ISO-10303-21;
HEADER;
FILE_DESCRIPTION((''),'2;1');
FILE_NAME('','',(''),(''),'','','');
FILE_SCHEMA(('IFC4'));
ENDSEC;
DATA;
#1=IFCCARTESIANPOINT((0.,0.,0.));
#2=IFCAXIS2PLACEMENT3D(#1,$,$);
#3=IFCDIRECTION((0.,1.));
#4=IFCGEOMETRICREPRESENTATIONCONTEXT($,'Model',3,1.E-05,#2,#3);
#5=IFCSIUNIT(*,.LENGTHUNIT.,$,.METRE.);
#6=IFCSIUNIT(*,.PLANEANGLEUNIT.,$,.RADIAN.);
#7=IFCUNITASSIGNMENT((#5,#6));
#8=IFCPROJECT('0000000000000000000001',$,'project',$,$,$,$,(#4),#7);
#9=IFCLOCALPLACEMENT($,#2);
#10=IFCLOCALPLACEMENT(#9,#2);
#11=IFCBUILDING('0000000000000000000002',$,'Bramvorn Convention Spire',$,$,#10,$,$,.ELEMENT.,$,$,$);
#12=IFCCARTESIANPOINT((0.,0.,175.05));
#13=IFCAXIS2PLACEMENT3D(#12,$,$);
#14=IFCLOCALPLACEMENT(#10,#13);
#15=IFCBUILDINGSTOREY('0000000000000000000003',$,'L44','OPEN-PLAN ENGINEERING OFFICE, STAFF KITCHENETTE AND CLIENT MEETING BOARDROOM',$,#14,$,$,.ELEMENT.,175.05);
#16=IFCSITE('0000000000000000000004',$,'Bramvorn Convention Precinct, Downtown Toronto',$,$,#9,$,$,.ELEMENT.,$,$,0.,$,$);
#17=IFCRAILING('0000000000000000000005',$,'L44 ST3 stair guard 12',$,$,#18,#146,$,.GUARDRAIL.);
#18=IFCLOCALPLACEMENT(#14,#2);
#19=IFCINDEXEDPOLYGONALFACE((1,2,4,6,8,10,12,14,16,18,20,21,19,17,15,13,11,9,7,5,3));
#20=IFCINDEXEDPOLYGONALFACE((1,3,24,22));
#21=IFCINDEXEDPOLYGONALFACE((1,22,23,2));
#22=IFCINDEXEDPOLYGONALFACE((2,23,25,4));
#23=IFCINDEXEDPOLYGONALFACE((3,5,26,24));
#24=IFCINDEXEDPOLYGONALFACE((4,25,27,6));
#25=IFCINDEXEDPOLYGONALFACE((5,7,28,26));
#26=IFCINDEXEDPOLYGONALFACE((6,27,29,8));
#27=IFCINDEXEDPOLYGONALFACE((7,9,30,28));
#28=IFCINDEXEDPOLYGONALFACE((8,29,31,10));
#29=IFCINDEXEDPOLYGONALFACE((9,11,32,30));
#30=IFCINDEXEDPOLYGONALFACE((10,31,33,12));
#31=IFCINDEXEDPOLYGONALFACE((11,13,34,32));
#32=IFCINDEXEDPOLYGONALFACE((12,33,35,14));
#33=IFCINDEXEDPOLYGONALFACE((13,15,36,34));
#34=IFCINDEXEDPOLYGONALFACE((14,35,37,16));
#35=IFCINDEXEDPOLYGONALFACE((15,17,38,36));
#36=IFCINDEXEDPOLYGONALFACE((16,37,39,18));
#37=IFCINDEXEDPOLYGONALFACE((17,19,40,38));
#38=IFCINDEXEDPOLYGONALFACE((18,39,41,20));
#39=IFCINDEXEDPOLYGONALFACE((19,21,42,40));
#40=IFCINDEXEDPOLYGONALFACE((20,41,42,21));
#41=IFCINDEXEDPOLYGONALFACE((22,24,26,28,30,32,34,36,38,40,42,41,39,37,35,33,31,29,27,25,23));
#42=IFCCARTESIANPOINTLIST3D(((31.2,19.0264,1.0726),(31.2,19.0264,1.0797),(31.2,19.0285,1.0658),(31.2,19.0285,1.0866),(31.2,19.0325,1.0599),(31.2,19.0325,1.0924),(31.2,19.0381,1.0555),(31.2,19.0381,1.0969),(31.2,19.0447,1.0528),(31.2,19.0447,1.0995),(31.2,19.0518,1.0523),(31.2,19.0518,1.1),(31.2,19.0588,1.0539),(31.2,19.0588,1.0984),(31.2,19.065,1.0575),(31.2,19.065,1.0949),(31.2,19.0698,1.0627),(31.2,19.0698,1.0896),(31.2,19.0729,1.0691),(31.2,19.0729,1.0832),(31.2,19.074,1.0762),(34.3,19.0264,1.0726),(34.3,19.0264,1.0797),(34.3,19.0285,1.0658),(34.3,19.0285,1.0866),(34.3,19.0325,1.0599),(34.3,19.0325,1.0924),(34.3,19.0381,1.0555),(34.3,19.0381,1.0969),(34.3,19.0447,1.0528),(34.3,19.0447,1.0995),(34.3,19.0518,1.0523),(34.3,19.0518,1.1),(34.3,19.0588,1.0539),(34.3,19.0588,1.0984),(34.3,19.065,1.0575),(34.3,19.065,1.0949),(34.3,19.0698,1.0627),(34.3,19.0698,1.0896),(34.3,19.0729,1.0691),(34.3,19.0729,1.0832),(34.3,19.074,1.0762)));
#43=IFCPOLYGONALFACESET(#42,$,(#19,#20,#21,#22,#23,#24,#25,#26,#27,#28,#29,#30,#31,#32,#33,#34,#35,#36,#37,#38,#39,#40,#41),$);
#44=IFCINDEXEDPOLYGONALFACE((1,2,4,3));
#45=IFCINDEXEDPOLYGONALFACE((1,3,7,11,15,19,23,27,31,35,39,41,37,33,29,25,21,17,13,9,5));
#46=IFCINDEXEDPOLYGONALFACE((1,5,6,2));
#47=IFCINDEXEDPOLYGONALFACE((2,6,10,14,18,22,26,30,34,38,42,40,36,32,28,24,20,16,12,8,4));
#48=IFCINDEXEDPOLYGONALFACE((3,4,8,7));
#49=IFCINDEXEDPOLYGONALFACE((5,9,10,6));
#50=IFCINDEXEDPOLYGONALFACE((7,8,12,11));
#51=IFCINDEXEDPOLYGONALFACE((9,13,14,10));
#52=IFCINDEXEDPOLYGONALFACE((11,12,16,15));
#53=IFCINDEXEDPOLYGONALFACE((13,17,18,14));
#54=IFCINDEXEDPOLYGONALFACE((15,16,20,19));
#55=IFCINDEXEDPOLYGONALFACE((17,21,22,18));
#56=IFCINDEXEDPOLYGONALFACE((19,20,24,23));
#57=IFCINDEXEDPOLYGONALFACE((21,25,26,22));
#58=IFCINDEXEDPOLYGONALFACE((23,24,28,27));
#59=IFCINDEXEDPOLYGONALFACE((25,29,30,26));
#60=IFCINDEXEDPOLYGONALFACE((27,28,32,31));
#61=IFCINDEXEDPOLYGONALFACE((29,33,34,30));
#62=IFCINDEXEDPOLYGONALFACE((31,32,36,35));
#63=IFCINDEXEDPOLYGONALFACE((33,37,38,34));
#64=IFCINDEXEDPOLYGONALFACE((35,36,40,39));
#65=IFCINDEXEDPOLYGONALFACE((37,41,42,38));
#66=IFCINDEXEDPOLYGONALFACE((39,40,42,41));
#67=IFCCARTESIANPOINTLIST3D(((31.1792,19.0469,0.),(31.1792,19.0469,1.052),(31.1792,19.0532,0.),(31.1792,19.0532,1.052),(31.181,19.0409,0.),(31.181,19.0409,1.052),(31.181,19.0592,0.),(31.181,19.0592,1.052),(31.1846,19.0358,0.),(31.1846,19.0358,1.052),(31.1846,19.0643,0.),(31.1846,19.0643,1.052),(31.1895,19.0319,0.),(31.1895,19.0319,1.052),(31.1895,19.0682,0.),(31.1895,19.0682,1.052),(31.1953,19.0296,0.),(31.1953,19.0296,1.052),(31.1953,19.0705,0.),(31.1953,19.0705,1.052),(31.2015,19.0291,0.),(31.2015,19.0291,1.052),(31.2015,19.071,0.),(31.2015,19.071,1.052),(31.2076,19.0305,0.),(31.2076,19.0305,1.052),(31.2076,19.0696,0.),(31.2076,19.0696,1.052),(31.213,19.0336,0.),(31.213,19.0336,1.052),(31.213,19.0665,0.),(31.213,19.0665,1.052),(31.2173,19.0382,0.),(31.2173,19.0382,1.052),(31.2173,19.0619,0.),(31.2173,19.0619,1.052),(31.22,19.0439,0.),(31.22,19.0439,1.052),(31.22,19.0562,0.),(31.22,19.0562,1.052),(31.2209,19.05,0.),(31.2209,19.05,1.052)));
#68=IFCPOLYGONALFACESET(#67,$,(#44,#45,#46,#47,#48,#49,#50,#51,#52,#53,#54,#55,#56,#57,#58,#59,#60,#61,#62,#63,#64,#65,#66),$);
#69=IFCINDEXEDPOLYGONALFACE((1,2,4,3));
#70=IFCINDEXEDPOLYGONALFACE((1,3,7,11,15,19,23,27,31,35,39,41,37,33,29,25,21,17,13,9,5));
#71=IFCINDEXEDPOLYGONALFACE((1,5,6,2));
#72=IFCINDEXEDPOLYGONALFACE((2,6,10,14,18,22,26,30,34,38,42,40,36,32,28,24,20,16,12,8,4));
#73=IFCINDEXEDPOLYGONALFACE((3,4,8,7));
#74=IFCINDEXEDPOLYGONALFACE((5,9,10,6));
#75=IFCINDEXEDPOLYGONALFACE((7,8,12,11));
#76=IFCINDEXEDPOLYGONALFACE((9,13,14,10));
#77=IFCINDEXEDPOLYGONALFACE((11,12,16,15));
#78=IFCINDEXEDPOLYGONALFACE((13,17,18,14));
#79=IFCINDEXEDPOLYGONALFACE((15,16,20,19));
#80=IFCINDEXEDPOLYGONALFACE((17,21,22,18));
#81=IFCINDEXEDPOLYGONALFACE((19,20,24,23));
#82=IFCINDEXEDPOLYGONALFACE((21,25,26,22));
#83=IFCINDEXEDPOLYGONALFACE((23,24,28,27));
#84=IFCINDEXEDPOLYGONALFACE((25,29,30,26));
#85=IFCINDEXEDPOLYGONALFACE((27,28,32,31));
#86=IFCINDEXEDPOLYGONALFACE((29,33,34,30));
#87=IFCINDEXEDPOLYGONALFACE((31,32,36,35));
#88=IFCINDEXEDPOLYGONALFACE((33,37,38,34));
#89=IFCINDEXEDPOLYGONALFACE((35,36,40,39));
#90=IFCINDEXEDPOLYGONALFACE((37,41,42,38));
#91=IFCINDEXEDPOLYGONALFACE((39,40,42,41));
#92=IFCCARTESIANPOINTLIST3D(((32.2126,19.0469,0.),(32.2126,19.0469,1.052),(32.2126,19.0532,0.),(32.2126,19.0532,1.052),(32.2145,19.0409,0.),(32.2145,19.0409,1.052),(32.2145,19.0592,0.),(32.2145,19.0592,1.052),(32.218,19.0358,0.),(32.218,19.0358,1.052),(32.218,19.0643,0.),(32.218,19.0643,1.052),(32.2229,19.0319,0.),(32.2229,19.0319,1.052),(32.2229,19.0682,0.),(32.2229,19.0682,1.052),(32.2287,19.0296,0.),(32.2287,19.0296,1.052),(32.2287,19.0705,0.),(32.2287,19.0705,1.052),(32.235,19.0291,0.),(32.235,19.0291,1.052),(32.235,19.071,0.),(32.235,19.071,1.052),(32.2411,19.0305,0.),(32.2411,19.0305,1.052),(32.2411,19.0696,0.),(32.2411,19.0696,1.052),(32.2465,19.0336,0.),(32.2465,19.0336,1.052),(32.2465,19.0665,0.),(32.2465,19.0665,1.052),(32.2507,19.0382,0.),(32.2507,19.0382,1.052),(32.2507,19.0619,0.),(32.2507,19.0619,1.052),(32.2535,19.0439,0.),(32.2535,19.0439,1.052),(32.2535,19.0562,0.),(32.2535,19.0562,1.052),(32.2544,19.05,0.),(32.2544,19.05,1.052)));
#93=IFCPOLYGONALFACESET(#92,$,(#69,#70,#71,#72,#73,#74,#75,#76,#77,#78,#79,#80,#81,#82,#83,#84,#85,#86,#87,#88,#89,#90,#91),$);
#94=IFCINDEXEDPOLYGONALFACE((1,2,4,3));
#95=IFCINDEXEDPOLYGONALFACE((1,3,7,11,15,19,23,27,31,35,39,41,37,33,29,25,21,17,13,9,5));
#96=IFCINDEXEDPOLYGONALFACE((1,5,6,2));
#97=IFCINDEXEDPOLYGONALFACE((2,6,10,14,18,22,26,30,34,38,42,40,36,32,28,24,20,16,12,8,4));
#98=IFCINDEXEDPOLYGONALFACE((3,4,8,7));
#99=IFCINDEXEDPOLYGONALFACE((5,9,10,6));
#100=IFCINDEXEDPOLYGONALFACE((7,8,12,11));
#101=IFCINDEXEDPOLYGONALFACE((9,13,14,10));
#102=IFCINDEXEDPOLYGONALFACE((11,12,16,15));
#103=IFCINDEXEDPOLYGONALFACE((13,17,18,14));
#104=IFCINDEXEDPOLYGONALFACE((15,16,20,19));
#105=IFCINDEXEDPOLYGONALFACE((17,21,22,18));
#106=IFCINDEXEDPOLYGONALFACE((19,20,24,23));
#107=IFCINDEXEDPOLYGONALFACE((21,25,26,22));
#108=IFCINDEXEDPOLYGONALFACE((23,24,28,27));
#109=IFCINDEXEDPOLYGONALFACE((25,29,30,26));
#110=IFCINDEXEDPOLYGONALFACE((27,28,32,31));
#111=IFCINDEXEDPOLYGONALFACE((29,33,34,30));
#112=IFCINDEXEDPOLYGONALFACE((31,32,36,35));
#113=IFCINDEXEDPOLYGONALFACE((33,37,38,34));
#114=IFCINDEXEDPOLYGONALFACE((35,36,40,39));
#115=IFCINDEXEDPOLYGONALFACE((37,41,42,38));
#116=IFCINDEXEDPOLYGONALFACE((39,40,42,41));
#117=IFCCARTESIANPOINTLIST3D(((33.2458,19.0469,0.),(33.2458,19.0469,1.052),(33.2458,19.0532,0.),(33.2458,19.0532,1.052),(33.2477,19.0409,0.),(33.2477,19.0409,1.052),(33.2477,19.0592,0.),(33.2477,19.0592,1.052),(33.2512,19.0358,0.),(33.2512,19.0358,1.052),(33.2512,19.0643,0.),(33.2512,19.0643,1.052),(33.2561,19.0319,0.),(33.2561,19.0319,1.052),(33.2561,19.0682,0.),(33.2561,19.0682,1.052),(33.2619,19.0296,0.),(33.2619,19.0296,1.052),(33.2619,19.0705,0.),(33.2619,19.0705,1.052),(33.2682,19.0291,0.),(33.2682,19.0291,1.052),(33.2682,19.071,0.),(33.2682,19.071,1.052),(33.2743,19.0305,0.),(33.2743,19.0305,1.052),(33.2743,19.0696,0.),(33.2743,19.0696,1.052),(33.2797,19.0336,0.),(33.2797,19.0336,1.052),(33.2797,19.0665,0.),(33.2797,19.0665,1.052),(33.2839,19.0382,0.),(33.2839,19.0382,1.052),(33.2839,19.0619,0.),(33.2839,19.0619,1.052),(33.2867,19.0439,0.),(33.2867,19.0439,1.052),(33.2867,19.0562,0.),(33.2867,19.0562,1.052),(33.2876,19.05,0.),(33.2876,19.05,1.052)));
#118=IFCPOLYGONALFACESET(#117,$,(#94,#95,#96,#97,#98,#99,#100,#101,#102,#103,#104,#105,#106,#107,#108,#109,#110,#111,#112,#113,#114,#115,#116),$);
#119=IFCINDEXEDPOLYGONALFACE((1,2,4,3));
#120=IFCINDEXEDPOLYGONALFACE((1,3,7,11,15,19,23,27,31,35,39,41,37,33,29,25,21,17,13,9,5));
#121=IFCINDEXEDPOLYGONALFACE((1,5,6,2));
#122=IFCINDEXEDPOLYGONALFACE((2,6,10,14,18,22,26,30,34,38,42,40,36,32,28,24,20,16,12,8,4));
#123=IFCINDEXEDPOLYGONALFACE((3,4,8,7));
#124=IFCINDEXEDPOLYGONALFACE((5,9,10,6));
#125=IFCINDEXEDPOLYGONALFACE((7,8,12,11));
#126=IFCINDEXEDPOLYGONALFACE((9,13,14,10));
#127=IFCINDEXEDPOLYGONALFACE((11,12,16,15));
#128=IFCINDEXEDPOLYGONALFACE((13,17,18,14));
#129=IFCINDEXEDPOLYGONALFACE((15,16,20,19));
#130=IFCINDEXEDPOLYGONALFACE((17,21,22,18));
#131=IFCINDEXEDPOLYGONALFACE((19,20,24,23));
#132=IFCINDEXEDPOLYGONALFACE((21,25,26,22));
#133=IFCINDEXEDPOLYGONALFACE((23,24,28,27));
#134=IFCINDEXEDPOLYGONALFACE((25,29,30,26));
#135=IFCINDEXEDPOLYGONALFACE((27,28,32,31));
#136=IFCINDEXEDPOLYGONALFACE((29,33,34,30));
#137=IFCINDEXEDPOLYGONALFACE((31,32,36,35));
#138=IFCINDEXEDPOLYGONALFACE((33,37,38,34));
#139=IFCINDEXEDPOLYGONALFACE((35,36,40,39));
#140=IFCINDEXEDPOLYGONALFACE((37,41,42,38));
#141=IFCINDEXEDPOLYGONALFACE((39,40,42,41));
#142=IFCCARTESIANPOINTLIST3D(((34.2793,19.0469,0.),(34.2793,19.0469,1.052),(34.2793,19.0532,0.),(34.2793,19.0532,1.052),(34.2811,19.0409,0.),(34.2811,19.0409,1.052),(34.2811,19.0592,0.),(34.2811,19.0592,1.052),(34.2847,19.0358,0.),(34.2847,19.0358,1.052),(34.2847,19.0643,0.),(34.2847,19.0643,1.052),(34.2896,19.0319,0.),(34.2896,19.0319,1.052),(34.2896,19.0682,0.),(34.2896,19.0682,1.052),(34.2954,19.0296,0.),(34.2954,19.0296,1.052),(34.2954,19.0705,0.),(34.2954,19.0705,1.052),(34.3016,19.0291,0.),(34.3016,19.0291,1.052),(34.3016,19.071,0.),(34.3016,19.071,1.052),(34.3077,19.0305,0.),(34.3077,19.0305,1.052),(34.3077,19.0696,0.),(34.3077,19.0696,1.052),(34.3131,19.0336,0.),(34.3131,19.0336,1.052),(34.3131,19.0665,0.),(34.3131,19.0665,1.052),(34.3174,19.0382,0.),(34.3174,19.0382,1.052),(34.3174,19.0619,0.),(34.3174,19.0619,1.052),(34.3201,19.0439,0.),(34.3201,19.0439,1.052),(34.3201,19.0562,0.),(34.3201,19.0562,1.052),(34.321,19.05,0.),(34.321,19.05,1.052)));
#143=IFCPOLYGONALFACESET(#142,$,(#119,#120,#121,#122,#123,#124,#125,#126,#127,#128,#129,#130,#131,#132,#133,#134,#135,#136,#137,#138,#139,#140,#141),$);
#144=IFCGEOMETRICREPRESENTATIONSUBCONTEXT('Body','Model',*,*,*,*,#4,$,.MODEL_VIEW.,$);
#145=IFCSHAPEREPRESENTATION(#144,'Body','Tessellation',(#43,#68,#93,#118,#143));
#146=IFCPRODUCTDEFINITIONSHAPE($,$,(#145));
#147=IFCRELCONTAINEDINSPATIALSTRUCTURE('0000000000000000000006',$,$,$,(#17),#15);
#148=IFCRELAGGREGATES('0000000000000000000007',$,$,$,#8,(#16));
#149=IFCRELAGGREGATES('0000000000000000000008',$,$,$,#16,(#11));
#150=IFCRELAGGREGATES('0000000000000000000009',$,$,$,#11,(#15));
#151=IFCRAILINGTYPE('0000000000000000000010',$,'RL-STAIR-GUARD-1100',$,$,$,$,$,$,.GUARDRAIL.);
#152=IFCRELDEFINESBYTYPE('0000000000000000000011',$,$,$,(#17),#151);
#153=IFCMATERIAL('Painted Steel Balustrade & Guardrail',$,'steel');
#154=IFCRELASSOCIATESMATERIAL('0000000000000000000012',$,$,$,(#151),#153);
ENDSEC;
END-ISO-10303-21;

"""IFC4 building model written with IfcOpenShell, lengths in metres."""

from ifc_helpers import new_model, si_unit, direction, frame, origin, origin_2d, place, context, subcontext, project, spatial, circle, extrude, material, type_object, element, save


model = new_model("IFC4")

# Units and contexts
model_context = context("Model", 3, precision=1e-05, world=origin(), true_north=direction((0.0, 1.0)))
body_context = subcontext(model_context, "Body", "Model", "MODEL_VIEW")
ifc_project = project(units=[si_unit("LENGTHUNIT", "METRE"), si_unit("PLANEANGLEUNIT", "RADIAN")], contexts=[model_context])

# Site, building, storey
site_placement = place(None, origin())
site = spatial("IfcSite", under=ifc_project, at=site_placement, Name="Bramvorn Convention Precinct, Downtown Toronto", CompositionType="ELEMENT", RefElevation=0.0)
building_placement = place(site_placement, origin())
building = spatial("IfcBuilding", under=site, at=building_placement, Name="Bramvorn Convention Spire", CompositionType="ELEMENT")
storey_placement = place(building_placement, frame((0.0, 0.0, 175.05)))
storey = spatial("IfcBuildingStorey", under=building, at=storey_placement, Name="L44", Description="OPEN-PLAN ENGINEERING OFFICE, STAFF KITCHENETTE AND CLIENT MEETING BOARDROOM", CompositionType="ELEMENT", Elevation=175.05)

# Railing
ifc_material_1 = material(Name="Painted Steel Balustrade & Guardrail", Category="steel")
railing_type_1 = type_object("IfcRailingType", Name="RL-STAIR-GUARD-1100", PredefinedType="GUARDRAIL", material=ifc_material_1)
railing_1_placement = place(storey_placement, frame((31.2, 19.05, 0.0)))
element("IfcRailing", 1, at=railing_1_placement, inside=storey, type_object=railing_type_1, Name="L44 ST3 stair guard 12", PredefinedType="GUARDRAIL", context=body_context, shape_type="SweptSolid", body=[
    extrude(circle(Radius=0.0239, at=origin_2d()), frame((0.0, 0.0, 1.0762), z_axis=(1.0, 0.0, 0.0), x_axis=(0.0, 1.0, 0.0)), (0.0, 0.0, 1.0), 3.1001),
    extrude(circle(Radius=0.021, at=origin_2d()), origin(), (0.0, 0.0, 1.0), 1.052),
    extrude(circle(Radius=0.021, at=origin_2d()), frame((1.0334, 0.0, 0.0)), (0.0, 0.0, 1.0), 1.052),
    extrude(circle(Radius=0.021, at=origin_2d()), frame((2.0667, 0.0, 0.0)), (0.0, 0.0, 1.0), 1.052),
    extrude(circle(Radius=0.021, at=origin_2d()), frame((3.1001, 0.0, 0.0)), (0.0, 0.0, 1.0), 1.052),
])

save(model, "model.ifc")
